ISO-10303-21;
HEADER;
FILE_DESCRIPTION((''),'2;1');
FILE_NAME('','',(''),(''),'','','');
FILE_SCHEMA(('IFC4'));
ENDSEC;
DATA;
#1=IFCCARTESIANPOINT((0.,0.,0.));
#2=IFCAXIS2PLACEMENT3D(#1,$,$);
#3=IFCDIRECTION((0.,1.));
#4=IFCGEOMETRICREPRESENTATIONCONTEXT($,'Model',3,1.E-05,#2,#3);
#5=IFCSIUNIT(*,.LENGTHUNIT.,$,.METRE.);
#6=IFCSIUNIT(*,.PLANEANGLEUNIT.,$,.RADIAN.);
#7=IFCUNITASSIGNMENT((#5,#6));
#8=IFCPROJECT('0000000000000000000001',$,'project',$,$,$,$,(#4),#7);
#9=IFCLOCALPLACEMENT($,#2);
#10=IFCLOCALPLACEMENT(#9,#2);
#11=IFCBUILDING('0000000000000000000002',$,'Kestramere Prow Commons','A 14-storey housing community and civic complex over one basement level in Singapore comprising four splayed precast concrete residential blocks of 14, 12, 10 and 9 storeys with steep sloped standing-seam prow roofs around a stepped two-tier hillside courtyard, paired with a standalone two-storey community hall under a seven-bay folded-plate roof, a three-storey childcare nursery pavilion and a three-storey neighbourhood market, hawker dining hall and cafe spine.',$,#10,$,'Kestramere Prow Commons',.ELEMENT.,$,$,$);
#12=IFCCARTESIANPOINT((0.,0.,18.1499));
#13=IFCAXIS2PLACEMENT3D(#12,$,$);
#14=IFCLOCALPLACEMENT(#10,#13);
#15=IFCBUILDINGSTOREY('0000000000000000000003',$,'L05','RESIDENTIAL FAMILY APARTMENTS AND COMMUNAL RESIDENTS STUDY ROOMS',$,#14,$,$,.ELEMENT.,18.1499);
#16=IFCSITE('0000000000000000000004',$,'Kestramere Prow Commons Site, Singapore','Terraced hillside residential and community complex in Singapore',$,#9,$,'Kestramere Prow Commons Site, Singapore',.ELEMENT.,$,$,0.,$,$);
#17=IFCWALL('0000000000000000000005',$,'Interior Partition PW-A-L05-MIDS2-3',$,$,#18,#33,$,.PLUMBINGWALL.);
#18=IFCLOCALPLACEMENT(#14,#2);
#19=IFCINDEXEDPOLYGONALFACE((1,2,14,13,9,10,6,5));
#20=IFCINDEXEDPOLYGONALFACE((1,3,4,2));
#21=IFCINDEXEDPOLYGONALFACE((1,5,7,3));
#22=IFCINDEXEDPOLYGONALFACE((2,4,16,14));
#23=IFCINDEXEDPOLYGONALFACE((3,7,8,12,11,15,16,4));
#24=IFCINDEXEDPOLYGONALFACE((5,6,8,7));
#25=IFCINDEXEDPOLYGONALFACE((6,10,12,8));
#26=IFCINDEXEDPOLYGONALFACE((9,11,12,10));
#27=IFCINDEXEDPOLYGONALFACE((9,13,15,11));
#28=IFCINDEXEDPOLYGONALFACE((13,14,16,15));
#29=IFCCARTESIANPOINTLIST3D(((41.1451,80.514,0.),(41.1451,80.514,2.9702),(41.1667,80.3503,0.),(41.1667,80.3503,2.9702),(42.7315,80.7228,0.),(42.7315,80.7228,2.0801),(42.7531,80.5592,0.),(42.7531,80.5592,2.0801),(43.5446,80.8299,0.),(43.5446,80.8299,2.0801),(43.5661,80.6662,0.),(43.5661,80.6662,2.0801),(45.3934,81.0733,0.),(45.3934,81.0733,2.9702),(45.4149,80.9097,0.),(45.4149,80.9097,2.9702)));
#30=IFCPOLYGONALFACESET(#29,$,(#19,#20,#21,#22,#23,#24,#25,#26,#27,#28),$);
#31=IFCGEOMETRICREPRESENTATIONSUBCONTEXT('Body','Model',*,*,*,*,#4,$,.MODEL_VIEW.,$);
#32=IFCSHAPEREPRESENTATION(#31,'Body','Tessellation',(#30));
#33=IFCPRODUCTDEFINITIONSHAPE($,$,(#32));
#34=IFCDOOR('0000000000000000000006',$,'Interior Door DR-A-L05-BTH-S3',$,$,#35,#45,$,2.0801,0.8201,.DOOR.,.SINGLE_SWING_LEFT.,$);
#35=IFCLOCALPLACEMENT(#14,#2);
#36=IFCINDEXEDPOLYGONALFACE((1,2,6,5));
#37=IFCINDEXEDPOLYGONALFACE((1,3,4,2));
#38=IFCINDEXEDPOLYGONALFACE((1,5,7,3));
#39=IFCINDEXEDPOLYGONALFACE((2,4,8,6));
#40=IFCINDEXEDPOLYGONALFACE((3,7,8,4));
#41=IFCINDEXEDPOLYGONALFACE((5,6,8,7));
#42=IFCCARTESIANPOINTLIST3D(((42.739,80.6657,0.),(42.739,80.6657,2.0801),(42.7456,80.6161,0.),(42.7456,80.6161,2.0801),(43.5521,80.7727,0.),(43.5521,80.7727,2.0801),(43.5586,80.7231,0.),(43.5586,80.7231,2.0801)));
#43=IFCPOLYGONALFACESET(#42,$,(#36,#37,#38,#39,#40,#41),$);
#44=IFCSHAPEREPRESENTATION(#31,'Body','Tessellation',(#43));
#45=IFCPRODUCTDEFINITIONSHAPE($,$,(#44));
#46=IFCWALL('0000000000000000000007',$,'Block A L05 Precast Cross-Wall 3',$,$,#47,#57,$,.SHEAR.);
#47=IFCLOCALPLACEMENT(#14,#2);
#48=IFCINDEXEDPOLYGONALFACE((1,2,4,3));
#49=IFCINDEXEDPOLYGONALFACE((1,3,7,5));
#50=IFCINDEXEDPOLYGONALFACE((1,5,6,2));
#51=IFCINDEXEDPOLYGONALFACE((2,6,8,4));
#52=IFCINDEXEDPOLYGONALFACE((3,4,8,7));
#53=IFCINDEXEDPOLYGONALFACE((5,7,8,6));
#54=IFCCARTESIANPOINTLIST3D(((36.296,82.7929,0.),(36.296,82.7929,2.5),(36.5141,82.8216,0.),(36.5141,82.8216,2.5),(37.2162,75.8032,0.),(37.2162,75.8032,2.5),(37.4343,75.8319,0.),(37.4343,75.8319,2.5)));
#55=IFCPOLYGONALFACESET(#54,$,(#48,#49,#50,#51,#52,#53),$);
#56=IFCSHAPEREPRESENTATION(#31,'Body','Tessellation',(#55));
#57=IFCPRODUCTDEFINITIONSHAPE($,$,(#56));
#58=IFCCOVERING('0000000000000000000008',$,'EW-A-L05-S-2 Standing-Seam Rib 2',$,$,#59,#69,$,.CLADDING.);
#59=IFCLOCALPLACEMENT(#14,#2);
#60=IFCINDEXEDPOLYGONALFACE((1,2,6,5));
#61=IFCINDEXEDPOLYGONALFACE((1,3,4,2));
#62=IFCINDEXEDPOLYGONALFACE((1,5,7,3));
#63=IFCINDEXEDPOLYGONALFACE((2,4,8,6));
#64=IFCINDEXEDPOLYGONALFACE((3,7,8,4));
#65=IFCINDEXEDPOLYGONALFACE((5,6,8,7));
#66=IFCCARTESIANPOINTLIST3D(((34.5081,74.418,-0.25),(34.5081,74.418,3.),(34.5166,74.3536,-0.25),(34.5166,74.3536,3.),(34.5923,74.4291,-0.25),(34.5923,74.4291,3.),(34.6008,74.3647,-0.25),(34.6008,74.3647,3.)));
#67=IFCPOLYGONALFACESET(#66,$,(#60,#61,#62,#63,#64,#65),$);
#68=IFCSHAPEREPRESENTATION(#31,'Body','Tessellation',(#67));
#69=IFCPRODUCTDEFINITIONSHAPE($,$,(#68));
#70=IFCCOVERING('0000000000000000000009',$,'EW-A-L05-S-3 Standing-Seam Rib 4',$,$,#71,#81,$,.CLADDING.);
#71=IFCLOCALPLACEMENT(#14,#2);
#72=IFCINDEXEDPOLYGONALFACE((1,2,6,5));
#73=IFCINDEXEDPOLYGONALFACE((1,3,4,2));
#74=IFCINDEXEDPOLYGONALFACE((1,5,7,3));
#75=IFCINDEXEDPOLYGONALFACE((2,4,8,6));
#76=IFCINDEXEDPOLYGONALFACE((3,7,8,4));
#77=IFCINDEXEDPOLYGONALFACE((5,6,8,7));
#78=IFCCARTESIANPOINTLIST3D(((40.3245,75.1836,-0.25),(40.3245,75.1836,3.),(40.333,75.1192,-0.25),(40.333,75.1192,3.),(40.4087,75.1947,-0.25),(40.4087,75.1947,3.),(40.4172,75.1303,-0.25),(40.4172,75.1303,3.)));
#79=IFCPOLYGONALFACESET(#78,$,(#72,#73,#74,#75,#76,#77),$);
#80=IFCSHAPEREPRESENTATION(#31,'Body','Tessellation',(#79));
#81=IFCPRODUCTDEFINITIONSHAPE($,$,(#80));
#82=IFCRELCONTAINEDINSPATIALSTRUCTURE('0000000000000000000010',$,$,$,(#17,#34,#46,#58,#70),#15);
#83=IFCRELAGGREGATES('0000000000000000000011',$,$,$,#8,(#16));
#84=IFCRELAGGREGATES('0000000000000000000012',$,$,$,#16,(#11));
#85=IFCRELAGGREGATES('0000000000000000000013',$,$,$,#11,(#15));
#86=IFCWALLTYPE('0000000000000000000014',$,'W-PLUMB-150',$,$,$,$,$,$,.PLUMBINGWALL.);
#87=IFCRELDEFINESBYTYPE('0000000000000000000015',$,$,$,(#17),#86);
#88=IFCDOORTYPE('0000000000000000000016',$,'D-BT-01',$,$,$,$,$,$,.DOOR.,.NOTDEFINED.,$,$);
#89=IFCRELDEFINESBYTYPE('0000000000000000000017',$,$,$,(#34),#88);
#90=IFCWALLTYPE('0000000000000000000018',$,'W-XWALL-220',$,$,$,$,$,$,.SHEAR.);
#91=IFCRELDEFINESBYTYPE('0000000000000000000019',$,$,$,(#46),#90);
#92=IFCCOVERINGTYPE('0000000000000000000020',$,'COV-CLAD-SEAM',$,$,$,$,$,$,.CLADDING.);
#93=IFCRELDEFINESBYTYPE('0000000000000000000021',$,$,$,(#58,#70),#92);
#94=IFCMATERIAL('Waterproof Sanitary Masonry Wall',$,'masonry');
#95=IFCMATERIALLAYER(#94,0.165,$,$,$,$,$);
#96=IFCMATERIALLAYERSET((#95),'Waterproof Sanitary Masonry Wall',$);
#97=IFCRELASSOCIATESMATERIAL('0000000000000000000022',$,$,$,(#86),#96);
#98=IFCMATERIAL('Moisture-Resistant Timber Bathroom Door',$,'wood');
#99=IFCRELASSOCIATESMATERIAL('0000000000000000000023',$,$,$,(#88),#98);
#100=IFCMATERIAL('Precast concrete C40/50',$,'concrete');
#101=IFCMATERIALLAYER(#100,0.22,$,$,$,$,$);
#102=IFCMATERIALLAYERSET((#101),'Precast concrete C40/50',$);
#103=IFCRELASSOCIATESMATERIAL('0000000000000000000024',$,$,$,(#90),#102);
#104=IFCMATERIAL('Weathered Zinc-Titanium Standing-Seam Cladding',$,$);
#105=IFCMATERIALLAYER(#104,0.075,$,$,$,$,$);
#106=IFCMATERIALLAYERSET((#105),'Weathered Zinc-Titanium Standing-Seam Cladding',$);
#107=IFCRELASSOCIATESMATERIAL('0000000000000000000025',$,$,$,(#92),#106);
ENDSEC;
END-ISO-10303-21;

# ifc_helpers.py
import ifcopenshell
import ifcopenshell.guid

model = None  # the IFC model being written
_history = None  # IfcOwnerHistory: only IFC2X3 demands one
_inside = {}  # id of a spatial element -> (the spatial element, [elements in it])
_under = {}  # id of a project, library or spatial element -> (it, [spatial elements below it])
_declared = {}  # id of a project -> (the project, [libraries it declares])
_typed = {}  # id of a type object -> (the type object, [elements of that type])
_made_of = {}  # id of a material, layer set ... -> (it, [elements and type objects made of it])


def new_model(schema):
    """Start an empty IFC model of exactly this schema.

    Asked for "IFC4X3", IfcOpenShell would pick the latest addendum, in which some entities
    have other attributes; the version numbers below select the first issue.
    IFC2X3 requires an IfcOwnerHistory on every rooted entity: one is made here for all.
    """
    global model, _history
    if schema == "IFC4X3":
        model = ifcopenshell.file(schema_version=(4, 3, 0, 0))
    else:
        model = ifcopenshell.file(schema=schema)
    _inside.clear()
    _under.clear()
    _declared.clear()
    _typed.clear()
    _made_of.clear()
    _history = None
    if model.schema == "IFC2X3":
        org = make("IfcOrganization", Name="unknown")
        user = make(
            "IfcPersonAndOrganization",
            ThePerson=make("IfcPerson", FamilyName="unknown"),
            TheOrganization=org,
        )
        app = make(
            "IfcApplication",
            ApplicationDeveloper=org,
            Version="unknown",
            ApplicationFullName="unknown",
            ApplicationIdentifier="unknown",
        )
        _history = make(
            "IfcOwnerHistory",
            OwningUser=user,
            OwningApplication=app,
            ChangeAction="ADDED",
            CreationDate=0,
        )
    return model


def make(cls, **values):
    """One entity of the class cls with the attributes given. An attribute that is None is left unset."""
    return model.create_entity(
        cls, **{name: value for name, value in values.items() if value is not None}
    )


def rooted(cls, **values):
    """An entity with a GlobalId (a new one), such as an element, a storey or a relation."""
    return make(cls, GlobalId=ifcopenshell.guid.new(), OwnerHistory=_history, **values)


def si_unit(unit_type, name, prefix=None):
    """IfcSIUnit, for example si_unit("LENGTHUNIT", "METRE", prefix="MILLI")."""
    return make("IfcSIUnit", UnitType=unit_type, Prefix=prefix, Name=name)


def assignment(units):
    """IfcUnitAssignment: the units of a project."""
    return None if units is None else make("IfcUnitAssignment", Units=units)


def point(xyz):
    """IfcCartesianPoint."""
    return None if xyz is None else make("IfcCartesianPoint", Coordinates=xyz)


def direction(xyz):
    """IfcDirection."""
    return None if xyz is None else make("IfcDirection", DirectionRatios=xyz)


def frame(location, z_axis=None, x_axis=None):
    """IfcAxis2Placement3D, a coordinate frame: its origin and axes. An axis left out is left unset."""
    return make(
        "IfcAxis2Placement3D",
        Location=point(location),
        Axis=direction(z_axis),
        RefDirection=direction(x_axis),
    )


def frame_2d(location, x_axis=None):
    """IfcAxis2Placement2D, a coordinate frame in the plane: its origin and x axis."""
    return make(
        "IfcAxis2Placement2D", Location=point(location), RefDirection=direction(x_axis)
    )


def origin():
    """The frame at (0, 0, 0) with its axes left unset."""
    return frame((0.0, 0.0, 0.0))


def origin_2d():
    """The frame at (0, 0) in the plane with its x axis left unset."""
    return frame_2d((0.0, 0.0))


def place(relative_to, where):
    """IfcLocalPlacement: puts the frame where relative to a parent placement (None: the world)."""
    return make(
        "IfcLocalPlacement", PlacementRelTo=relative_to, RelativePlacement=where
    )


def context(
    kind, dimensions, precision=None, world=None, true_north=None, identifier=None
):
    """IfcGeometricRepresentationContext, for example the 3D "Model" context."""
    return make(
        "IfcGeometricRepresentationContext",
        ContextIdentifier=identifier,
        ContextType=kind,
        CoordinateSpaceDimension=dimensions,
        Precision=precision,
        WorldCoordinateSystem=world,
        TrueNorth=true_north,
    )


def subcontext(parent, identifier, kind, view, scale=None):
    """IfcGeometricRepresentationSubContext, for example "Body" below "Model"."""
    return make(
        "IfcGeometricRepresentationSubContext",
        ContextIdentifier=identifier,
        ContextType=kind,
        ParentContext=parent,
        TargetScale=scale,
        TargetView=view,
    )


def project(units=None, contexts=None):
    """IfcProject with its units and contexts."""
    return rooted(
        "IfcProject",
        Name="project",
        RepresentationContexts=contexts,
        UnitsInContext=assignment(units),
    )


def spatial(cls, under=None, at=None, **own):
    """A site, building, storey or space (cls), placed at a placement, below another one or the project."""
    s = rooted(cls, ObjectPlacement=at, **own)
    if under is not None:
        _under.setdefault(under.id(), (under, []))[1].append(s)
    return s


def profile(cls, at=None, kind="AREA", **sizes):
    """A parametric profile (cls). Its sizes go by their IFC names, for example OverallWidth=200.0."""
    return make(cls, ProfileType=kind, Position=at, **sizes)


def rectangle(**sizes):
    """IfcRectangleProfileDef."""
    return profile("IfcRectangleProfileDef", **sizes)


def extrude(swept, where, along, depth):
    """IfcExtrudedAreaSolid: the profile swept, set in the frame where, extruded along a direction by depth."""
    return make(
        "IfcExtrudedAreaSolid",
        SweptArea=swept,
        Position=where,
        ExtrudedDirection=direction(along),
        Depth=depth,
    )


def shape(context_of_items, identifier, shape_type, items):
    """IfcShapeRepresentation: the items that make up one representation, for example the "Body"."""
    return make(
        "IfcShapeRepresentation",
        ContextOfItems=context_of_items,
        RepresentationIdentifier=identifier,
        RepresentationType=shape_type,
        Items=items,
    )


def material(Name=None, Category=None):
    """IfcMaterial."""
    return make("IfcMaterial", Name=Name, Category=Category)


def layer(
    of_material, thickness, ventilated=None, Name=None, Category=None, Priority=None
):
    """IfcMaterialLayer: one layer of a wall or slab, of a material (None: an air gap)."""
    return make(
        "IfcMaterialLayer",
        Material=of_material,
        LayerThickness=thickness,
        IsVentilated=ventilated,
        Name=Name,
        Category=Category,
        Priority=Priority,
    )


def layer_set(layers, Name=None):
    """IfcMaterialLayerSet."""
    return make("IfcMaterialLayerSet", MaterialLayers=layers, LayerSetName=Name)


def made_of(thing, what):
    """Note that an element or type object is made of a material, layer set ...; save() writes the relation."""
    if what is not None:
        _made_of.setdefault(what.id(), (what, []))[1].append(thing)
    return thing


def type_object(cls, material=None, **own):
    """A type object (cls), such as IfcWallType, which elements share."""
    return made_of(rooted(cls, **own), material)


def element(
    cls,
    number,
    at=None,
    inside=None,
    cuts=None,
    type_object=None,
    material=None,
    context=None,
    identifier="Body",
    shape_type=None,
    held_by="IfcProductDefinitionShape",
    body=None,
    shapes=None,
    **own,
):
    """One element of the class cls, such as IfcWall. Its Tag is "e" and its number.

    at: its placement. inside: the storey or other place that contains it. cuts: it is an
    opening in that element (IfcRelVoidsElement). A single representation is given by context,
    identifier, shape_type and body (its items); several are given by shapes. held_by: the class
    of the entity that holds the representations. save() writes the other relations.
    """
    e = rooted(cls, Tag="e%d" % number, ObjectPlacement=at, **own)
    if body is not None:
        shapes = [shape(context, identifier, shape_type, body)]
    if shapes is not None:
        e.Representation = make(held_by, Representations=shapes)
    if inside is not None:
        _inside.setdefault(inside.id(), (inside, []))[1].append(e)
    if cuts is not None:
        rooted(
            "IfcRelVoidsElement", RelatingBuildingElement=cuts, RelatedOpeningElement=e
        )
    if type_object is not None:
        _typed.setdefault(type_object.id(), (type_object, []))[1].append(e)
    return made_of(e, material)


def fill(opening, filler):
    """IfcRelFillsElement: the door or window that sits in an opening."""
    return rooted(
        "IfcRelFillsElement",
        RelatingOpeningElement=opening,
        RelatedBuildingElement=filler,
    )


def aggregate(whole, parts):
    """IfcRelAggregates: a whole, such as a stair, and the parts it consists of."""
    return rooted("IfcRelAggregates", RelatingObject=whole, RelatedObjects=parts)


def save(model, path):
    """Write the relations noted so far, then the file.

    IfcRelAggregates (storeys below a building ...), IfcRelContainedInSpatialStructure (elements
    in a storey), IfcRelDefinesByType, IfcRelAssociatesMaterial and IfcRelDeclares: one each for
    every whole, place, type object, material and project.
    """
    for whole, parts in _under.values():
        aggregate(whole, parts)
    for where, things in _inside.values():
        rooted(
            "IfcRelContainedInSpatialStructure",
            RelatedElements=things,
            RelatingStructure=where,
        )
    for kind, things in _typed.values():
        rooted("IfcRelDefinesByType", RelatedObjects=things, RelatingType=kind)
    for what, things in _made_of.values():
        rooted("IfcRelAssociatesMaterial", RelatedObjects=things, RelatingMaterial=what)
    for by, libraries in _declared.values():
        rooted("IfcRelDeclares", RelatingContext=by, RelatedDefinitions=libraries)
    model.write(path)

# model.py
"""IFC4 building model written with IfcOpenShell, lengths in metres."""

from ifc_helpers import new_model, si_unit, direction, frame, frame_2d, origin, origin_2d, place, context, subcontext, project, spatial, rectangle, extrude, material, layer, layer_set, type_object, element, fill, save


model = new_model("IFC4")

# Units and contexts
model_context = context("Model", 3, precision=1e-05, world=origin(), true_north=direction((0.0, 1.0)))
body_context = subcontext(model_context, "Body", "Model", "MODEL_VIEW")
ifc_project = project(units=[si_unit("LENGTHUNIT", "METRE"), si_unit("PLANEANGLEUNIT", "RADIAN")], contexts=[model_context])

# Site, building, storey
site_placement = place(None, origin())
site = spatial("IfcSite", under=ifc_project, at=site_placement, Name="Kestramere Prow Commons Site, Singapore", Description="Terraced hillside residential and community complex in Singapore", LongName="Kestramere Prow Commons Site, Singapore", CompositionType="ELEMENT", RefElevation=0.0)
building_placement = place(site_placement, origin())
building = spatial("IfcBuilding", under=site, at=building_placement, Name="Kestramere Prow Commons", Description="A 14-storey housing community and civic complex over one basement level in Singapore comprising four splayed precast concrete residential blocks of 14, 12, 10 and 9 storeys with steep sloped standing-seam prow roofs around a stepped two-tier hillside courtyard, paired with a standalone two-storey community hall under a seven-bay folded-plate roof, a three-storey childcare nursery pavilion and a three-storey neighbourhood market, hawker dining hall and cafe spine.", LongName="Kestramere Prow Commons", CompositionType="ELEMENT")
storey_placement = place(building_placement, frame((0.0, 0.0, 18.1499)))
storey = spatial("IfcBuildingStorey", under=building, at=storey_placement, Name="L05", Description="RESIDENTIAL FAMILY APARTMENTS AND COMMUNAL RESIDENTS STUDY ROOMS", CompositionType="ELEMENT", Elevation=18.1499)

# Shared definitions
ifc_material_1 = material(Name="Precast concrete C40/50", Category="concrete")

# Shared definitions
ifc_material_2 = material(Name="Waterproof Sanitary Masonry Wall", Category="masonry")
ifc_layer_1 = layer(ifc_material_2, 0.165)
ifc_layer_set_1 = layer_set([ifc_layer_1], Name="Waterproof Sanitary Masonry Wall")
wall_type_1 = type_object("IfcWallType", Name="W-PLUMB-150", PredefinedType="PLUMBINGWALL", material=ifc_layer_set_1)
ifc_material_3 = material(Name="Moisture-Resistant Timber Bathroom Door", Category="wood")
door_type_1 = type_object("IfcDoorType", Name="D-BT-01", OperationType="NOTDEFINED", PredefinedType="DOOR", material=ifc_material_3)

# Wall, opening, door
wall_1_placement = place(storey_placement, frame((41.1558, 80.4321, 0.0), z_axis=(0.0, 0.0, 1.0), x_axis=(0.991444, 0.130533, 0.0)))
wall_1 = element("IfcWall", 1, at=wall_1_placement, inside=storey, type_object=wall_type_1, Name="Interior Partition PW-A-L05-MIDS2-3", PredefinedType="PLUMBINGWALL", context=body_context, shape_type="SweptSolid", body=[
    extrude(rectangle(XDim=4.2849, YDim=0.165, at=frame_2d((2.1426, 0.0))), origin(), (0.0, 0.0, 1.0), 2.9702),
])
opening_1_placement = place(wall_1_placement, frame((1.6001, 0.0, 0.0)))
opening_1 = element("IfcOpeningElement", 2, at=opening_1_placement, cuts=wall_1, PredefinedType="OPENING", context=body_context, shape_type="SweptSolid", body=[
    extrude(rectangle(XDim=0.8201, YDim=2.0801, at=frame_2d((0.4102, 1.04))), frame((0.0, 0.0974, 0.0), z_axis=(0.0, -1.0, 0.0), x_axis=(1.0, 0.0, 0.0)), (0.0, 0.0, 1.0), 0.1951),
])
door_1_placement = place(opening_1_placement, origin())
door_1 = element("IfcDoor", 3, at=door_1_placement, inside=storey, type_object=door_type_1, Name="Interior Door DR-A-L05-BTH-S3", OperationType="SINGLE_SWING_LEFT", OverallHeight=2.0801, OverallWidth=0.8201, PredefinedType="DOOR", context=body_context, shape_type="SweptSolid", body=[
    extrude(rectangle(XDim=0.8201, YDim=2.0801, at=frame_2d((0.4102, 1.04))), frame((0.0, 0.0249, 0.0), z_axis=(0.0, -1.0, 0.0), x_axis=(1.0, 0.0, 0.0)), (0.0, 0.0, 1.0), 0.05),
])
fill(opening_1, door_1)

# Wall
ifc_layer_2 = layer(ifc_material_1, 0.22)
ifc_layer_set_2 = layer_set([ifc_layer_2], Name="Precast concrete C40/50")
wall_type_2 = type_object("IfcWallType", Name="W-XWALL-220", PredefinedType="SHEAR", material=ifc_layer_set_2)
wall_2_placement = place(storey_placement, frame((37.3252, 75.8176, 0.0), z_axis=(0.0, 0.0, 1.0), x_axis=(-0.130519, 0.991446, 0.0)))
element("IfcWall", 4, at=wall_2_placement, inside=storey, type_object=wall_type_2, Name="Block A L05 Precast Cross-Wall 3", PredefinedType="SHEAR", context=body_context, shape_type="SweptSolid", body=[
    extrude(rectangle(XDim=7.05, YDim=0.22, at=frame_2d((3.5249, 0.0))), origin(), (0.0, 0.0, 1.0), 2.5),
])

# Coverings
ifc_material_4 = material(Name="Weathered Zinc-Titanium Standing-Seam Cladding")
ifc_layer_3 = layer(ifc_material_4, 0.075)
ifc_layer_set_3 = layer_set([ifc_layer_3], Name="Weathered Zinc-Titanium Standing-Seam Cladding")
covering_type = type_object("IfcCoveringType", Name="COV-CLAD-SEAM", PredefinedType="CLADDING", material=ifc_layer_set_3)
for number, where, z_axis, x_axis, name in (
    (5, (34.5544, 74.3914, -0.25), (0.0, 0.0, 1.0), (-0.991445, -0.130526, 0.0), "EW-A-L05-S-2 Standing-Seam Rib 2"),
    (6, (40.3708, 75.157, -0.25), (0.0, 0.0, 1.0), (-0.991445, -0.130526, 0.0), "EW-A-L05-S-3 Standing-Seam Rib 4"),
):
    element("IfcCovering", number, at=place(storey_placement, frame(where, z_axis=z_axis, x_axis=x_axis)), inside=storey, type_object=covering_type, Name=name, PredefinedType="CLADDING", context=body_context, shape_type="SweptSolid", body=[
        extrude(rectangle(XDim=0.085, YDim=0.0649, at=origin_2d()), origin(), (0.0, 0.0, 1.0), 3.25),
    ])

save(model, "model.ifc")
